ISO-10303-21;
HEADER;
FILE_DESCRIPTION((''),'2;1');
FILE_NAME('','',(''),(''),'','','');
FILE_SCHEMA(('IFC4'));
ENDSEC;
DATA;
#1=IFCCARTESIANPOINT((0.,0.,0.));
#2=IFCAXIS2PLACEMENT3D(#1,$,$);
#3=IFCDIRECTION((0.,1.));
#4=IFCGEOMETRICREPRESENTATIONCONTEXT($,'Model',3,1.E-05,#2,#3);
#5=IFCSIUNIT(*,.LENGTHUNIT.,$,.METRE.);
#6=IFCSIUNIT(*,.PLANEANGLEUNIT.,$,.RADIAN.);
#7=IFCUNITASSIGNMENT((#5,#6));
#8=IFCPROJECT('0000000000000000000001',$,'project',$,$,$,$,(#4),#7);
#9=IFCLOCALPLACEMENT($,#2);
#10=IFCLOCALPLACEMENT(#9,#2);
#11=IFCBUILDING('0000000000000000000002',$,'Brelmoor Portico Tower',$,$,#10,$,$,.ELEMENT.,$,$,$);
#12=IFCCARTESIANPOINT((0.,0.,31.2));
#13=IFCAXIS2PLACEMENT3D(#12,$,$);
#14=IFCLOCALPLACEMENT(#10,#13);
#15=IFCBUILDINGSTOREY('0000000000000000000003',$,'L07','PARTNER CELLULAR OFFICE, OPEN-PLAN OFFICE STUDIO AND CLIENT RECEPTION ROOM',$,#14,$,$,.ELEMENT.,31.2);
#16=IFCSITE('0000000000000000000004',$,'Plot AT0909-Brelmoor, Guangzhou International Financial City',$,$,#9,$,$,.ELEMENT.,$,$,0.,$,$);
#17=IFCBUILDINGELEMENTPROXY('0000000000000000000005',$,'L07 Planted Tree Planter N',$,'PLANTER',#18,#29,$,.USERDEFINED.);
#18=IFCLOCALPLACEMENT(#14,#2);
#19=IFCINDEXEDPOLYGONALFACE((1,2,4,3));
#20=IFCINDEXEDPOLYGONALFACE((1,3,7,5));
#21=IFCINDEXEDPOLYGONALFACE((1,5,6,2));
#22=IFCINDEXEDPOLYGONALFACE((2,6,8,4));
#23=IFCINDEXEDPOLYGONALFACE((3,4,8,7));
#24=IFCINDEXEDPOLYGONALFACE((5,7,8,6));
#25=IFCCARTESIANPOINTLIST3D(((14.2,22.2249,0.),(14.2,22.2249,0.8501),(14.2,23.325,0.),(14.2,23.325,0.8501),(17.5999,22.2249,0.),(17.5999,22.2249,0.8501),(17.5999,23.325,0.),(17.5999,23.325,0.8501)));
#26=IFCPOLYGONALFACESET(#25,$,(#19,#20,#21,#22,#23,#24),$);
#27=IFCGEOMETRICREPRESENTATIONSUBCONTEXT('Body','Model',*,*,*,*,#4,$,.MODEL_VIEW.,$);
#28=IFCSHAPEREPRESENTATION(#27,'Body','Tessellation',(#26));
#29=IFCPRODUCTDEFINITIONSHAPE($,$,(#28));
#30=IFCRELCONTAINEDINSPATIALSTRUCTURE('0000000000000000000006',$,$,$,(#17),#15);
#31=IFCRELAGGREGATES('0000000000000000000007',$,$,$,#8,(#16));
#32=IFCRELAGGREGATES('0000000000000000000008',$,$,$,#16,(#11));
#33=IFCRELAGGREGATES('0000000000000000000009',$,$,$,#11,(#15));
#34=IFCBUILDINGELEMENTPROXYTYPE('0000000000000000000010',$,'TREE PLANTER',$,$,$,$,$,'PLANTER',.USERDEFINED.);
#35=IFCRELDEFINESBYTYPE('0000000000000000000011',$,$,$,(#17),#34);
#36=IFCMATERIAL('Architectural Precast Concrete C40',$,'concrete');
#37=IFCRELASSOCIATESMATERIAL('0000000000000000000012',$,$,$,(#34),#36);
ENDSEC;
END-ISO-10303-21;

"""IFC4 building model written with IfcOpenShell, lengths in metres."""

from ifc_helpers import new_model, si_unit, direction, frame, origin, origin_2d, place, context, subcontext, project, spatial, rectangle, extrude, material, type_object, element, save


model = new_model("IFC4")

# Units and contexts
model_context = context("Model", 3, precision=1e-05, world=origin(), true_north=direction((0.0, 1.0)))
body_context = subcontext(model_context, "Body", "Model", "MODEL_VIEW")
ifc_project = project(units=[si_unit("LENGTHUNIT", "METRE"), si_unit("PLANEANGLEUNIT", "RADIAN")], contexts=[model_context])

# Site, building, storey
site_placement = place(None, origin())
site = spatial("IfcSite", under=ifc_project, at=site_placement, Name="Plot AT0909-Brelmoor, Guangzhou International Financial City", CompositionType="ELEMENT", RefElevation=0.0)
building_placement = place(site_placement, origin())
building = spatial("IfcBuilding", under=site, at=building_placement, Name="Brelmoor Portico Tower", CompositionType="ELEMENT")
storey_placement = place(building_placement, frame((0.0, 0.0, 31.2)))
storey = spatial("IfcBuildingStorey", under=building, at=storey_placement, Name="L07", Description="PARTNER CELLULAR OFFICE, OPEN-PLAN OFFICE STUDIO AND CLIENT RECEPTION ROOM", CompositionType="ELEMENT", Elevation=31.2)

# Building element proxy
ifc_material_1 = material(Name="Architectural Precast Concrete C40", Category="concrete")
building_element_proxy_type = type_object("IfcBuildingElementProxyType", Name="TREE PLANTER", ElementType="PLANTER", PredefinedType="USERDEFINED", material=ifc_material_1)
proxy_placement = place(storey_placement, frame((15.8999, 22.7749, 0.0), z_axis=(0.0, 0.0, 1.0), x_axis=(1.0, 0.0, 0.0)))
element("IfcBuildingElementProxy", 1, at=proxy_placement, inside=storey, type_object=building_element_proxy_type, Name="L07 Planted Tree Planter N", ObjectType="PLANTER", PredefinedType="USERDEFINED", context=body_context, shape_type="SweptSolid", body=[
    extrude(rectangle(XDim=3.3999, YDim=1.1001, at=origin_2d()), origin(), (0.0, 0.0, 1.0), 0.8501),
])

save(model, "model.ifc")
